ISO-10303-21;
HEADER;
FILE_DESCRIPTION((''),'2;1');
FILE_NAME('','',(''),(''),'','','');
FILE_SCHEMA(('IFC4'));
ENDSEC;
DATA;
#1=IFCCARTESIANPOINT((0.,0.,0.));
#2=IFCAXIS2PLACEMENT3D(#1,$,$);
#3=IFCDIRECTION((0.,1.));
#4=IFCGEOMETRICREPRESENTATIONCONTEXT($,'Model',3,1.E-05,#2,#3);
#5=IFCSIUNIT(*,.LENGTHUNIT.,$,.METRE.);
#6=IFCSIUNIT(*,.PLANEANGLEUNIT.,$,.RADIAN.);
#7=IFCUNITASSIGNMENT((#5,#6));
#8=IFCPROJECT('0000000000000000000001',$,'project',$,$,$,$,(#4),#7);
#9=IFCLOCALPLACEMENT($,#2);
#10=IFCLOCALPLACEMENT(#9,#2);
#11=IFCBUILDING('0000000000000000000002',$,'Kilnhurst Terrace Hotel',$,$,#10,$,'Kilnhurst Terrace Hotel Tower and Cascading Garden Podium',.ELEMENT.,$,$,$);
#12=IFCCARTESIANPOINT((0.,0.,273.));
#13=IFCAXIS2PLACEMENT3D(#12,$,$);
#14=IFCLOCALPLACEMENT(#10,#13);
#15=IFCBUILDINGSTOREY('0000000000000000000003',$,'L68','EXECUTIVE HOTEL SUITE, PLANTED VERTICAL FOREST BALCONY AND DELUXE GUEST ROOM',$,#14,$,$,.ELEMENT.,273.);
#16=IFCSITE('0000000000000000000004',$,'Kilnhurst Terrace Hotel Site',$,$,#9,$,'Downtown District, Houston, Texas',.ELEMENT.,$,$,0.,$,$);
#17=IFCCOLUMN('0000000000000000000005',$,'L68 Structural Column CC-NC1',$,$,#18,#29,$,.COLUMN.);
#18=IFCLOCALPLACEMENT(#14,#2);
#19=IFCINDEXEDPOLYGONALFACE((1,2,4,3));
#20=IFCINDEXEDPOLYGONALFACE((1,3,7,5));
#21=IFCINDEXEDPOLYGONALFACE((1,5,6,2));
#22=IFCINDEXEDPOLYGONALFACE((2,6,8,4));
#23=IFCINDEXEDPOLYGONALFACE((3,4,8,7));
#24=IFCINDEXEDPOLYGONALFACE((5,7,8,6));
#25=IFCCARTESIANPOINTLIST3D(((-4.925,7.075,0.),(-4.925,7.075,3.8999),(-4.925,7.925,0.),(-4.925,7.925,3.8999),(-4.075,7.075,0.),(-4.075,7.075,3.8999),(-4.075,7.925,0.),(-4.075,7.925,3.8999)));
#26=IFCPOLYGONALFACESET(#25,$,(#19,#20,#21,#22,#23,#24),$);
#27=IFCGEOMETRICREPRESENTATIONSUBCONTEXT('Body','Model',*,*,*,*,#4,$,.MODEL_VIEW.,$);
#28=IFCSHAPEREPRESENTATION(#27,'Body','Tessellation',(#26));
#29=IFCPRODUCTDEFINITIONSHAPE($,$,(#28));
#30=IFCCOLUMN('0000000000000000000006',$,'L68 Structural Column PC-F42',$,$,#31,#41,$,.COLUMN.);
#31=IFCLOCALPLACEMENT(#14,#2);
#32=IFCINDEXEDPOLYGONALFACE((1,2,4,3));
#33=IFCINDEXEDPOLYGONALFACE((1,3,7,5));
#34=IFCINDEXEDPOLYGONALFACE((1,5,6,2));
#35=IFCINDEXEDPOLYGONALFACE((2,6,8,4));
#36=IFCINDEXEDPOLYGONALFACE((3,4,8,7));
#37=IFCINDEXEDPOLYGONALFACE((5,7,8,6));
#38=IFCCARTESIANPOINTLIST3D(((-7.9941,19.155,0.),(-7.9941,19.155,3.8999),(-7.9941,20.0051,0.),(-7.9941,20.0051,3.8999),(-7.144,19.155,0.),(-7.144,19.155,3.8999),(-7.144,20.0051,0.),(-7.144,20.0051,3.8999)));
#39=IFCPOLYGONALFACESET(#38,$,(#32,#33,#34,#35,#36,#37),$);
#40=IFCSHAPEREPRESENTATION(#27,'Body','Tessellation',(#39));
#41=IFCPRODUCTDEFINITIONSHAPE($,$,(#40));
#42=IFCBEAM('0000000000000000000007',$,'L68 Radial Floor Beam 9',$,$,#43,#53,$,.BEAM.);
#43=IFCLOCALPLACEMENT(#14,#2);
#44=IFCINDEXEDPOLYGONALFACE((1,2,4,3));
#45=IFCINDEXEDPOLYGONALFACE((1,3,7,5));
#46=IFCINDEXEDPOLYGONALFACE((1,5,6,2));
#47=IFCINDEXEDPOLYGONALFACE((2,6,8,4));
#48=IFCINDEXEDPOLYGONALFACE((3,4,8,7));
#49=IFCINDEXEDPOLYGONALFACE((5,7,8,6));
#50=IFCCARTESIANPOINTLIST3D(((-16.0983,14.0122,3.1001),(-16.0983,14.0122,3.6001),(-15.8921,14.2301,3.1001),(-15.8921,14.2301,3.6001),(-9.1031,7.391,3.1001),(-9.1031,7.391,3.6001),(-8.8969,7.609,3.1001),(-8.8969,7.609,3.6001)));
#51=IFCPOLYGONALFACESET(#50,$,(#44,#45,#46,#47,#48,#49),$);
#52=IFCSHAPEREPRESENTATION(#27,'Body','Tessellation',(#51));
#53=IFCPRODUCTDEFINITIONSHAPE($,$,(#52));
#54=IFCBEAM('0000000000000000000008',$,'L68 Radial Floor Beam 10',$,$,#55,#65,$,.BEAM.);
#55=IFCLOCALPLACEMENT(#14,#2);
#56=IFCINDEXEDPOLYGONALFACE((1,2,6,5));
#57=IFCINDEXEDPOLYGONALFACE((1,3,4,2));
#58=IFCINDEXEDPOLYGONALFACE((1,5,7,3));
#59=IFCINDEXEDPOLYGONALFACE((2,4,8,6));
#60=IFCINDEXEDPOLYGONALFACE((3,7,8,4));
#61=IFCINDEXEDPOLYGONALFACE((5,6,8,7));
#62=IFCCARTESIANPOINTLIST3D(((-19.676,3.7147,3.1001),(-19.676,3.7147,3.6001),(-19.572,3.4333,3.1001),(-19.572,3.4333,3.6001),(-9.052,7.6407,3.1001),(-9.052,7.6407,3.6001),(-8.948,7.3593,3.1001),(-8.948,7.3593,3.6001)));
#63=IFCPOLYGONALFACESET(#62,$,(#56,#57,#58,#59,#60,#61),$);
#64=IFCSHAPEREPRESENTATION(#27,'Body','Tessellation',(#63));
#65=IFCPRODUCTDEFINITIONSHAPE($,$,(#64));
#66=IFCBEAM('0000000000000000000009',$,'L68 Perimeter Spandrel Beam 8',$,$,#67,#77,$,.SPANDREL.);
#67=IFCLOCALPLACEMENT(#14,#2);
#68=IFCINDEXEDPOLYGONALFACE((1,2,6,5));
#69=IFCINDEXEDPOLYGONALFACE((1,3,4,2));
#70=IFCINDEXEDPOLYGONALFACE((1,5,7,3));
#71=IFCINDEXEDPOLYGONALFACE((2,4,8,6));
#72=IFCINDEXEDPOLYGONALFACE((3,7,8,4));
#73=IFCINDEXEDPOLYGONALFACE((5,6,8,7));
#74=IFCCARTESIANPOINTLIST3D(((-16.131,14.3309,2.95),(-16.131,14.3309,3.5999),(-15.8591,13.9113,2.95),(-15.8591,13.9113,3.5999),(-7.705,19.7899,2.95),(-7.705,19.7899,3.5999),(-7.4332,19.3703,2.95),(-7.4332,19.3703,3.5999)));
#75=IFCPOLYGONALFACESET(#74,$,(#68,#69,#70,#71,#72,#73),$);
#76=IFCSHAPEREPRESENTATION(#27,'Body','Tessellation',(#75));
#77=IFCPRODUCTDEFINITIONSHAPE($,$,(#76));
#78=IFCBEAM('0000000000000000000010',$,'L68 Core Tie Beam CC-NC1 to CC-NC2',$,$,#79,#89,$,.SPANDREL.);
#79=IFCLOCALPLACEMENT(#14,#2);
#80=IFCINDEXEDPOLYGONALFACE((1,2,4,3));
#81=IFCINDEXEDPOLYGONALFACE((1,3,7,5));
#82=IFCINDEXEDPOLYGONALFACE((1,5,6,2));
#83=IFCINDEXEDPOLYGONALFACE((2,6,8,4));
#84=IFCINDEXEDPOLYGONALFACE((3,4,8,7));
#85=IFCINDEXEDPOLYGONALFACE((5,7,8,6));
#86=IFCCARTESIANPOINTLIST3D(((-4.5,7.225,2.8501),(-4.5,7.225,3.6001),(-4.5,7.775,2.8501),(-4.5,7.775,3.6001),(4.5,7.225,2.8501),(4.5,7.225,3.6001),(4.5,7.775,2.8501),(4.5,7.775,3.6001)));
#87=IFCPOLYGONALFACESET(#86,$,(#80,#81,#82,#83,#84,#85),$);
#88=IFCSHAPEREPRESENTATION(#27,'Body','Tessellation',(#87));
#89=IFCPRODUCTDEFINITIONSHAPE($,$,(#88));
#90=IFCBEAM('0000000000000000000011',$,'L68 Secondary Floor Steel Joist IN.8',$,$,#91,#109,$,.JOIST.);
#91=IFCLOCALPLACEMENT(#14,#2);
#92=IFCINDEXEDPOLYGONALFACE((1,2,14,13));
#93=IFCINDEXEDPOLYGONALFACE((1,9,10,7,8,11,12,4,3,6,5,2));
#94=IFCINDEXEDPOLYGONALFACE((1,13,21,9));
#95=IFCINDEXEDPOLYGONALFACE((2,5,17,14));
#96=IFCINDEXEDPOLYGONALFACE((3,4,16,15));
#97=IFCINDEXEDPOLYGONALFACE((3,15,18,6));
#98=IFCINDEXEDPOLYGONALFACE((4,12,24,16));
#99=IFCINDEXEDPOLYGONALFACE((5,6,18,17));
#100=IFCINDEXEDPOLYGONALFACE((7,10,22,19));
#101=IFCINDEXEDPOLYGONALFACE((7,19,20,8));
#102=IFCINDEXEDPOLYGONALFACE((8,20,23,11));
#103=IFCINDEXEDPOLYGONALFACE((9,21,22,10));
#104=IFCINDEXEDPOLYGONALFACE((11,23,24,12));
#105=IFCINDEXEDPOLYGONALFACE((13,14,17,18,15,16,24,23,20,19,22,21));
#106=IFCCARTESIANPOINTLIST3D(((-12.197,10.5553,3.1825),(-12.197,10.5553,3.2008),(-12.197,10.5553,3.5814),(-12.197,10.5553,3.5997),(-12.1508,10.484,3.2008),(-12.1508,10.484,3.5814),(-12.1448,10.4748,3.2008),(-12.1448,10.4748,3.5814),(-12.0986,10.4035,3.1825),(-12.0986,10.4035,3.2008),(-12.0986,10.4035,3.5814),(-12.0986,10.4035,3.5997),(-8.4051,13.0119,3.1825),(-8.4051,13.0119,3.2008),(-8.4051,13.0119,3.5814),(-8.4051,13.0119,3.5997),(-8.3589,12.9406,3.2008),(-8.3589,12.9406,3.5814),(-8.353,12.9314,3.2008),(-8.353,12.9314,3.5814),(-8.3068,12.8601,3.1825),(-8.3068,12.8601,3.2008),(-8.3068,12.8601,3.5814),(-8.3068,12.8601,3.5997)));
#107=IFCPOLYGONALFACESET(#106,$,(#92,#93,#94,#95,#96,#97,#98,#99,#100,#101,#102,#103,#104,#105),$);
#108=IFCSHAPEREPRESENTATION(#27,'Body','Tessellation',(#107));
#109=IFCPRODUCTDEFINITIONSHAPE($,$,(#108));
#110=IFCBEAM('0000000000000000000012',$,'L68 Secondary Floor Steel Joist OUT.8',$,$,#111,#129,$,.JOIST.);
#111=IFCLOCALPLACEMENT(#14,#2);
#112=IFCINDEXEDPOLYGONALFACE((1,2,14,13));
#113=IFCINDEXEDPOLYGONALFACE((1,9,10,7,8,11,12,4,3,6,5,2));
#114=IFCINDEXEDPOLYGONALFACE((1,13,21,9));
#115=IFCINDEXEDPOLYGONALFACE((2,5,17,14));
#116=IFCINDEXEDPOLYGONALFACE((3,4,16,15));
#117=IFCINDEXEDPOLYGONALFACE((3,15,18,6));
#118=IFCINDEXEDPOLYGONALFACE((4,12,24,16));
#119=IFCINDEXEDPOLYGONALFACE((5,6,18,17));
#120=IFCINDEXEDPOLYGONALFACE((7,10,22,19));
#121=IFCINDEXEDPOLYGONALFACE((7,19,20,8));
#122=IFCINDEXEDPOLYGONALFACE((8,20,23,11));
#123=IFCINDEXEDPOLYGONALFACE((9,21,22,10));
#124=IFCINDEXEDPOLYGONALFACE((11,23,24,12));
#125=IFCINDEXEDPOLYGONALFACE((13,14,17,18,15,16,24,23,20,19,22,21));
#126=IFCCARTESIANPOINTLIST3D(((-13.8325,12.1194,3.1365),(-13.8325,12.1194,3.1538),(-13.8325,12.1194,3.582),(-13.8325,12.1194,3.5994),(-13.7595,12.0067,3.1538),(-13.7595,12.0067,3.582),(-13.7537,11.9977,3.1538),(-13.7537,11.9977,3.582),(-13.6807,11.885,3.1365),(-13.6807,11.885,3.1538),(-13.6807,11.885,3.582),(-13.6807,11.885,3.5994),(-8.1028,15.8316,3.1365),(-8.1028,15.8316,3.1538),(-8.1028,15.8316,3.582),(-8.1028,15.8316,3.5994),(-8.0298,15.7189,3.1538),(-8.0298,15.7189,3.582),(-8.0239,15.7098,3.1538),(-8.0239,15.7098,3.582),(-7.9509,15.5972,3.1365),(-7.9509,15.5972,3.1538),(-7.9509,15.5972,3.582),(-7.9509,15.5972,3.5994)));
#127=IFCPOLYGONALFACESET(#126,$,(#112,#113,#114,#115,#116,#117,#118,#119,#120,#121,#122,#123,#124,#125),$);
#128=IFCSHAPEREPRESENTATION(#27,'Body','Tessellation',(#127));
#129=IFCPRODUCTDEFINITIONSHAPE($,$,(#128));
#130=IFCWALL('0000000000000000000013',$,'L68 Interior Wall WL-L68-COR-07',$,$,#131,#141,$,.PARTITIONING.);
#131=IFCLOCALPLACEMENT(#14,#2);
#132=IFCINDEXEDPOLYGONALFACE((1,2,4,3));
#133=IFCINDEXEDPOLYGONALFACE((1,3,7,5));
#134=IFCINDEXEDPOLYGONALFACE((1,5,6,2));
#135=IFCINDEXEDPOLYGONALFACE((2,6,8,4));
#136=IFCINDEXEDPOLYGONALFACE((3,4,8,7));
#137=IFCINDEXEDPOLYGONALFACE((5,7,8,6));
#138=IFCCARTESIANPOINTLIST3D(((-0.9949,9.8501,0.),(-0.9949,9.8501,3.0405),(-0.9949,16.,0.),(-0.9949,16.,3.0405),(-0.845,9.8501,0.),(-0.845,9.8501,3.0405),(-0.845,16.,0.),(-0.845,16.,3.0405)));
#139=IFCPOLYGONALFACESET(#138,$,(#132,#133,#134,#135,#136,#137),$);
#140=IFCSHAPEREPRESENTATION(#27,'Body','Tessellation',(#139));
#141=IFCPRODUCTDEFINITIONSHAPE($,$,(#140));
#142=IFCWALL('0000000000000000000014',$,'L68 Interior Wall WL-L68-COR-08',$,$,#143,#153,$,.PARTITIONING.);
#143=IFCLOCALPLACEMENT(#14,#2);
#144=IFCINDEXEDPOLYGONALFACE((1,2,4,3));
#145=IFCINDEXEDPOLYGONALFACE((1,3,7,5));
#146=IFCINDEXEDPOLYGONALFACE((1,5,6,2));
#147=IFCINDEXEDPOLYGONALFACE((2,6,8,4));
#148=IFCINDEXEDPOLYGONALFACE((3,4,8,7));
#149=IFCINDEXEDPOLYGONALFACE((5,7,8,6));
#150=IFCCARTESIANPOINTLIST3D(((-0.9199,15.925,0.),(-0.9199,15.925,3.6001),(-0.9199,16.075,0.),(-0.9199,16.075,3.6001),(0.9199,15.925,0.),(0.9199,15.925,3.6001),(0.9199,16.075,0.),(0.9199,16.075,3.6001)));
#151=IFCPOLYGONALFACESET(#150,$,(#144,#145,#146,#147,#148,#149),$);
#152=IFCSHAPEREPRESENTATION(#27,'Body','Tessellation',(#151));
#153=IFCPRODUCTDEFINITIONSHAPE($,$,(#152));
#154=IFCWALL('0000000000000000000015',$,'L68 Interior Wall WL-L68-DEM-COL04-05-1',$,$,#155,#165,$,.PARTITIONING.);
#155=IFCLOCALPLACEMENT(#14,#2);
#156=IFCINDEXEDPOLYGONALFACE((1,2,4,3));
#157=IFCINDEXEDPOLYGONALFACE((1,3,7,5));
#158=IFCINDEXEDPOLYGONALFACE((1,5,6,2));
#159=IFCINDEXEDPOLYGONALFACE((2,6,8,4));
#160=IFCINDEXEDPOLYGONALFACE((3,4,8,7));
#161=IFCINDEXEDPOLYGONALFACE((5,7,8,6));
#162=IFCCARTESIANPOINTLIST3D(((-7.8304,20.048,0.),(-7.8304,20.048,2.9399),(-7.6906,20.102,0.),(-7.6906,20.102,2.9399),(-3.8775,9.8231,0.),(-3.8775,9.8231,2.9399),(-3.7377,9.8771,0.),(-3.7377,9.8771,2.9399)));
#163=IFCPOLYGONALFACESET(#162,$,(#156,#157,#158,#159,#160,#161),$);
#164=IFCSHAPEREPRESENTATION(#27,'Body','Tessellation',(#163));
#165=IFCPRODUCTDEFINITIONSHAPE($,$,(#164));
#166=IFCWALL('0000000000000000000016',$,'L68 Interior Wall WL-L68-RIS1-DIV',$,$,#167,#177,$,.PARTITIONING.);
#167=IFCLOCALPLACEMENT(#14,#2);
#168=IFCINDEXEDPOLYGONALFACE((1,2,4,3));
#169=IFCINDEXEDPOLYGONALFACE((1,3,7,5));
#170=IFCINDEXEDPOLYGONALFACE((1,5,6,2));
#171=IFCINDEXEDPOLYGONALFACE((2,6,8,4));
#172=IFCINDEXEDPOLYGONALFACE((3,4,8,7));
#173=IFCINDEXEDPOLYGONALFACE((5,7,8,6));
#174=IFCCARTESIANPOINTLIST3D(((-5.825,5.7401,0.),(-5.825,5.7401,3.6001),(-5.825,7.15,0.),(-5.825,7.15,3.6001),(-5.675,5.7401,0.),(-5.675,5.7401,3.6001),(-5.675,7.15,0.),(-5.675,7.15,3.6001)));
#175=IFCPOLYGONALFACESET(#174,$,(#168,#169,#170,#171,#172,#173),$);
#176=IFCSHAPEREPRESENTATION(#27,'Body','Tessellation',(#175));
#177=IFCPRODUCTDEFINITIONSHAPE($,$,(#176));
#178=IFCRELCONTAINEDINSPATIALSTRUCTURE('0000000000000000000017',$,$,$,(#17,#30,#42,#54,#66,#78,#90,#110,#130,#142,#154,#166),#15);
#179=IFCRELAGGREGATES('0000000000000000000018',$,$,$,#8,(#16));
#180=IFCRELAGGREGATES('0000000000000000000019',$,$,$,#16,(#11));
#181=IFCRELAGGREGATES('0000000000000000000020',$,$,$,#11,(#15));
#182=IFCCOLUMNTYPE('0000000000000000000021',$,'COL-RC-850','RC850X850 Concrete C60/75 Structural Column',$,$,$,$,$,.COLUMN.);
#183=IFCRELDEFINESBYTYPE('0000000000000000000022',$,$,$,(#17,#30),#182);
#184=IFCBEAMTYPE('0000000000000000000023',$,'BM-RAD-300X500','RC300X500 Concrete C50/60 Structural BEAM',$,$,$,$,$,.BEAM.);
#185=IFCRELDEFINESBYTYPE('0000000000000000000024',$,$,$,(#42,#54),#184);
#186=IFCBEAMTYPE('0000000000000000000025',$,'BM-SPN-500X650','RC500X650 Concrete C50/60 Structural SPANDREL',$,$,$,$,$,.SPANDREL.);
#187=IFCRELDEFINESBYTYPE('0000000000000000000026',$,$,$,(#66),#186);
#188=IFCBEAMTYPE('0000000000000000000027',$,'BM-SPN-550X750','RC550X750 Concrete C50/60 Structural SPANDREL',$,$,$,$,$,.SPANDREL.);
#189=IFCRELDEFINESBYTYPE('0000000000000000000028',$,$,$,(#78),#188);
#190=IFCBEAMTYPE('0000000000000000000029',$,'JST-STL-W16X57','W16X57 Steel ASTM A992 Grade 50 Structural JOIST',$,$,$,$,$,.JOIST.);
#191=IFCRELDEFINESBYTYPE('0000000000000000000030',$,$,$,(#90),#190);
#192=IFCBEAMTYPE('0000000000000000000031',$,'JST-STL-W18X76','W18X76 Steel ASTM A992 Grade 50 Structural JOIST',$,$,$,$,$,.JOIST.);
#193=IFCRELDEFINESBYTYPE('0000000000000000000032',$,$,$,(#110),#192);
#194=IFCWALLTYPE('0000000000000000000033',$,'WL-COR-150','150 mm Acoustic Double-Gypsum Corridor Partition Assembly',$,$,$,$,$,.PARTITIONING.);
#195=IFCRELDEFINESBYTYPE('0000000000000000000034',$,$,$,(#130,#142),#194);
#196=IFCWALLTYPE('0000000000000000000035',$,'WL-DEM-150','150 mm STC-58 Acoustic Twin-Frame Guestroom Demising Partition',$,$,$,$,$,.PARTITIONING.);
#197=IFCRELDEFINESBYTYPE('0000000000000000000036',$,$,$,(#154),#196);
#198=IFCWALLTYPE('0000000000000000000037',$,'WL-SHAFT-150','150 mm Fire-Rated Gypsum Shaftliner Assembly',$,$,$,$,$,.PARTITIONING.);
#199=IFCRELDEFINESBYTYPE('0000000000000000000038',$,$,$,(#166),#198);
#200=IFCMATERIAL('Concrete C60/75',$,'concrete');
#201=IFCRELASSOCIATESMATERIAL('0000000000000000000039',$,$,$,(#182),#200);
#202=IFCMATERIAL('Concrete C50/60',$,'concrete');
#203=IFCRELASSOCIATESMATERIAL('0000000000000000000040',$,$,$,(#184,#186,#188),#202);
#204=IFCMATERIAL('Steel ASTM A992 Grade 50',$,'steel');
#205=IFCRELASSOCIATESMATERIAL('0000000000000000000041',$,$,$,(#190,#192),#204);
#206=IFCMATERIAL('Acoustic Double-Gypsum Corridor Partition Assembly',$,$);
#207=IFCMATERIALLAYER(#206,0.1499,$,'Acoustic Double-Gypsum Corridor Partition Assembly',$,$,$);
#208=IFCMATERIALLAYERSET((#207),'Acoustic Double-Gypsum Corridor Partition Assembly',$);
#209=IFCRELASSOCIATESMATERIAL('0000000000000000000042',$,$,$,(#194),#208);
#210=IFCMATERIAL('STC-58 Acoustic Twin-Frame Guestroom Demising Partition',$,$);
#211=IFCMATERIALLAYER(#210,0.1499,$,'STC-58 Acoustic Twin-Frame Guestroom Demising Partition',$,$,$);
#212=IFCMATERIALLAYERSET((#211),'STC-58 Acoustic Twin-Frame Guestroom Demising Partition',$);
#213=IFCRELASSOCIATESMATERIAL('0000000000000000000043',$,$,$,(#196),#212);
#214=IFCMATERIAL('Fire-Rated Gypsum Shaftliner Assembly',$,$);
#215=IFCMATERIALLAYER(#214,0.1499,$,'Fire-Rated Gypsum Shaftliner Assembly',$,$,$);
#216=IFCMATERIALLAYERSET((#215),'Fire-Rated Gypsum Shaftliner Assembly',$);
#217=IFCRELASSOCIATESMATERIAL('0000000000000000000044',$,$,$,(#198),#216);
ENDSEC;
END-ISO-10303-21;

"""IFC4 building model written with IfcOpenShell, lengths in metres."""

from ifc_helpers import new_model, si_unit, direction, frame, frame_2d, origin, origin_2d, place, context, subcontext, project, spatial, rectangle, i_section, extrude, material, layer, layer_set, material_profile, profile_set, type_object, element, save


model = new_model("IFC4")

# Units and contexts
model_context = context("Model", 3, precision=1e-05, world=origin(), true_north=direction((0.0, 1.0)))
body_context = subcontext(model_context, "Body", "Model", "MODEL_VIEW")
ifc_project = project(units=[si_unit("LENGTHUNIT", "METRE"), si_unit("PLANEANGLEUNIT", "RADIAN")], contexts=[model_context])

# Site, building, storey
site_placement = place(None, origin())
site = spatial("IfcSite", under=ifc_project, at=site_placement, Name="Kilnhurst Terrace Hotel Site", LongName="Downtown District, Houston, Texas", CompositionType="ELEMENT", RefElevation=0.0)
building_placement = place(site_placement, origin())
building = spatial("IfcBuilding", under=site, at=building_placement, Name="Kilnhurst Terrace Hotel", LongName="Kilnhurst Terrace Hotel Tower and Cascading Garden Podium", CompositionType="ELEMENT")
storey_placement = place(building_placement, frame((0.0, 0.0, 273.0)))
storey = spatial("IfcBuildingStorey", under=building, at=storey_placement, Name="L68", Description="EXECUTIVE HOTEL SUITE, PLANTED VERTICAL FOREST BALCONY AND DELUXE GUEST ROOM", CompositionType="ELEMENT", Elevation=273.0)

# Columns
ifc_material_1 = material(Name="Concrete C60/75", Category="concrete")
ifc_material_profile_1 = material_profile(ifc_material_1, rectangle(XDim=0.8501, YDim=0.8501, at=origin_2d()), Name="RC850X850")
ifc_profile_set_1 = profile_set([ifc_material_profile_1], Name="Concrete C60/75")
column_type = type_object("IfcColumnType", Name="COL-RC-850", Description="RC850X850 Concrete C60/75 Structural Column", PredefinedType="COLUMN", material=ifc_profile_set_1)
for number, where, z_axis, x_axis, name in (
    (1, (-4.5, 7.5, 0.0), (0.0, 0.0, 1.0), (1.0, 0.0, 0.0), "L68 Structural Column CC-NC1"),
    (2, (-7.5691, 19.5801, 0.0), (0.0, 0.0, 1.0), (1.0, 0.0, 0.0), "L68 Structural Column PC-F42"),
):
    element("IfcColumn", number, at=place(storey_placement, frame(where, z_axis=z_axis, x_axis=x_axis)), inside=storey, type_object=column_type, Name=name, PredefinedType="COLUMN", context=body_context, shape_type="SweptSolid", body=[
        extrude(rectangle(XDim=0.8501, YDim=0.8501, at=origin_2d()), origin(), (0.0, 0.0, 1.0), 3.8999),
    ])

# Beams
ifc_material_2 = material(Name="Concrete C50/60", Category="concrete")
ifc_material_profile_2 = material_profile(ifc_material_2, rectangle(XDim=0.3, YDim=0.5, at=origin_2d()), Name="RC300X500")
ifc_profile_set_2 = profile_set([ifc_material_profile_2], Name="Concrete C50/60")
beam_type_1 = type_object("IfcBeamType", Name="BM-RAD-300X500", Description="RC300X500 Concrete C50/60 Structural BEAM", PredefinedType="BEAM", material=ifc_profile_set_2)
beam_1_placement = place(storey_placement, frame((-9.0, 7.5, 3.3501), z_axis=(-0.726256, 0.687424, 0.0), x_axis=(-0.687424, -0.726256, 0.0)))
element("IfcBeam", 3, at=beam_1_placement, inside=storey, type_object=beam_type_1, Name="L68 Radial Floor Beam 9", PredefinedType="BEAM", context=body_context, shape_type="SweptSolid", body=[
    extrude(rectangle(XDim=0.3, YDim=0.5, at=origin_2d()), origin(), (0.0, 0.0, 1.0), 9.6318),
])
beam_2_placement = place(storey_placement, frame((-9.0, 7.5, 3.3501), z_axis=(-0.938002, -0.346631, 0.0), x_axis=(0.346631, -0.938002, 0.0)))
element("IfcBeam", 4, at=beam_2_placement, inside=storey, type_object=beam_type_1, Name="L68 Radial Floor Beam 10", PredefinedType="BEAM", context=body_context, shape_type="SweptSolid", body=[
    extrude(rectangle(XDim=0.3, YDim=0.5, at=origin_2d()), origin(), (0.0, 0.0, 1.0), 11.3262),
])
ifc_material_profile_3 = material_profile(ifc_material_2, rectangle(XDim=0.5, YDim=0.6499, at=origin_2d()), Name="RC500X650")
ifc_profile_set_3 = profile_set([ifc_material_profile_3], Name="Concrete C50/60")
beam_type_2 = type_object("IfcBeamType", Name="BM-SPN-500X650", Description="RC500X650 Concrete C50/60 Structural SPANDREL", PredefinedType="SPANDREL", material=ifc_profile_set_3)
beam_3_placement = place(storey_placement, frame((-7.5691, 19.5801, 3.2749), z_axis=(-0.839259, -0.543732, 0.0), x_axis=(0.543732, -0.839259, 0.0)))
element("IfcBeam", 5, at=beam_3_placement, inside=storey, type_object=beam_type_2, Name="L68 Perimeter Spandrel Beam 8", PredefinedType="SPANDREL", context=body_context, shape_type="SweptSolid", body=[
    extrude(rectangle(XDim=0.5, YDim=0.6499, at=origin_2d()), origin(), (0.0, 0.0, 1.0), 10.0398),
])
ifc_material_profile_4 = material_profile(ifc_material_2, rectangle(XDim=0.55, YDim=0.75, at=origin_2d()), Name="RC550X750")
ifc_profile_set_4 = profile_set([ifc_material_profile_4], Name="Concrete C50/60")
beam_type_3 = type_object("IfcBeamType", Name="BM-SPN-550X750", Description="RC550X750 Concrete C50/60 Structural SPANDREL", PredefinedType="SPANDREL", material=ifc_profile_set_4)
beam_4_placement = place(storey_placement, frame((-4.5, 7.5, 3.2251), z_axis=(1.0, 0.0, 0.0), x_axis=(0.0, 1.0, 0.0)))
element("IfcBeam", 6, at=beam_4_placement, inside=storey, type_object=beam_type_3, Name="L68 Core Tie Beam CC-NC1 to CC-NC2", PredefinedType="SPANDREL", context=body_context, shape_type="SweptSolid", body=[
    extrude(rectangle(XDim=0.55, YDim=0.75, at=origin_2d()), origin(), (0.0, 0.0, 1.0), 9.0),
])
ifc_material_3 = material(Name="Steel ASTM A992 Grade 50", Category="steel")
ifc_material_profile_5 = material_profile(ifc_material_3, i_section(OverallWidth=0.1809, OverallDepth=0.4172, WebThickness=0.011, FlangeThickness=0.0183, at=origin_2d()), Name="W16X57")
ifc_profile_set_5 = profile_set([ifc_material_profile_5], Name="Steel ASTM A992 Grade 50")
beam_type_4 = type_object("IfcBeamType", Name="JST-STL-W16X57", Description="W16X57 Steel ASTM A992 Grade 50 Structural JOIST", PredefinedType="JOIST", material=ifc_profile_set_5)
beam_5_placement = place(storey_placement, frame((-8.356, 12.936, 3.3911), z_axis=(-0.839261, -0.543728, 0.0), x_axis=(0.543728, -0.839261, 0.0)))
element("IfcBeam", 7, at=beam_5_placement, inside=storey, type_object=beam_type_4, Name="L68 Secondary Floor Steel Joist IN.8", PredefinedType="JOIST", context=body_context, shape_type="SweptSolid", body=[
    extrude(i_section(OverallWidth=0.1809, OverallDepth=0.4172, WebThickness=0.011, FlangeThickness=0.0183, at=origin_2d()), origin(), (0.0, 0.0, 1.0), 4.5181),
])
ifc_material_profile_6 = material_profile(ifc_material_3, i_section(OverallWidth=0.2793, OverallDepth=0.4629, WebThickness=0.0107, FlangeThickness=0.0173, at=origin_2d()), Name="W18X76")
ifc_profile_set_6 = profile_set([ifc_material_profile_6], Name="Steel ASTM A992 Grade 50")
beam_type_5 = type_object("IfcBeamType", Name="JST-STL-W18X76", Description="W18X76 Steel ASTM A992 Grade 50 Structural JOIST", PredefinedType="JOIST", material=ifc_profile_set_6)
beam_6_placement = place(storey_placement, frame((-8.0269, 15.7144, 3.3679), z_axis=(-0.839257, -0.543735, 0.0), x_axis=(0.543735, -0.839257, 0.0)))
element("IfcBeam", 8, at=beam_6_placement, inside=storey, type_object=beam_type_5, Name="L68 Secondary Floor Steel Joist OUT.8", PredefinedType="JOIST", context=body_context, shape_type="SweptSolid", body=[
    extrude(i_section(OverallWidth=0.2793, OverallDepth=0.4629, WebThickness=0.0107, FlangeThickness=0.0173, at=origin_2d()), origin(), (0.0, 0.0, 1.0), 6.8271),
])

# Walls
ifc_material_4 = material(Name="Acoustic Double-Gypsum Corridor Partition Assembly")
ifc_layer_1 = layer(ifc_material_4, 0.1499, Name="Acoustic Double-Gypsum Corridor Partition Assembly")
ifc_layer_set_1 = layer_set([ifc_layer_1], Name="Acoustic Double-Gypsum Corridor Partition Assembly")
wall_type_1 = type_object("IfcWallType", Name="WL-COR-150", Description="150 mm Acoustic Double-Gypsum Corridor Partition Assembly", PredefinedType="PARTITIONING", material=ifc_layer_set_1)
wall_1_placement = place(storey_placement, frame((-0.9199, 9.8501, 0.0), z_axis=(0.0, 0.0, 1.0), x_axis=(0.0, 1.0, 0.0)))
element("IfcWall", 9, at=wall_1_placement, inside=storey, type_object=wall_type_1, Name="L68 Interior Wall WL-L68-COR-07", PredefinedType="PARTITIONING", context=body_context, shape_type="SweptSolid", body=[
    extrude(rectangle(XDim=6.1499, YDim=0.1499, at=frame_2d((3.075, 0.0))), origin(), (0.0, 0.0, 1.0), 3.0405),
])
wall_2_placement = place(storey_placement, frame((-0.9199, 16.0, 0.0), z_axis=(0.0, 0.0, 1.0), x_axis=(1.0, 0.0, 0.0)))
element("IfcWall", 10, at=wall_2_placement, inside=storey, type_object=wall_type_1, Name="L68 Interior Wall WL-L68-COR-08", PredefinedType="PARTITIONING", context=body_context, shape_type="SweptSolid", body=[
    extrude(rectangle(XDim=1.8398, YDim=0.1499, at=frame_2d((0.9199, 0.0))), origin(), (0.0, 0.0, 1.0), 3.6001),
])
ifc_material_5 = material(Name="STC-58 Acoustic Twin-Frame Guestroom Demising Partition")
ifc_layer_2 = layer(ifc_material_5, 0.1499, Name="STC-58 Acoustic Twin-Frame Guestroom Demising Partition")
ifc_layer_set_2 = layer_set([ifc_layer_2], Name="STC-58 Acoustic Twin-Frame Guestroom Demising Partition")
wall_type_2 = type_object("IfcWallType", Name="WL-DEM-150", Description="150 mm STC-58 Acoustic Twin-Frame Guestroom Demising Partition", PredefinedType="PARTITIONING", material=ifc_layer_set_2)
wall_3_placement = place(storey_placement, frame((-3.8076, 9.8501, 0.0), z_axis=(0.0, 0.0, 1.0), x_axis=(-0.360587, 0.932725, 0.0)))
element("IfcWall", 11, at=wall_3_placement, inside=storey, type_object=wall_type_2, Name="L68 Interior Wall WL-L68-DEM-COL04-05-1", PredefinedType="PARTITIONING", context=body_context, shape_type="SweptSolid", body=[
    extrude(rectangle(XDim=10.9624, YDim=0.1499, at=frame_2d((5.4812, 0.0))), origin(), (0.0, 0.0, 1.0), 2.9399),
])
ifc_material_6 = material(Name="Fire-Rated Gypsum Shaftliner Assembly")
ifc_layer_3 = layer(ifc_material_6, 0.1499, Name="Fire-Rated Gypsum Shaftliner Assembly")
ifc_layer_set_3 = layer_set([ifc_layer_3], Name="Fire-Rated Gypsum Shaftliner Assembly")
wall_type_3 = type_object("IfcWallType", Name="WL-SHAFT-150", Description="150 mm Fire-Rated Gypsum Shaftliner Assembly", PredefinedType="PARTITIONING", material=ifc_layer_set_3)
wall_4_placement = place(storey_placement, frame((-5.75, 5.74, 0.0), z_axis=(0.0, 0.0, 1.0), x_axis=(0.0, 1.0, 0.0)))
element("IfcWall", 12, at=wall_4_placement, inside=storey, type_object=wall_type_3, Name="L68 Interior Wall WL-L68-RIS1-DIV", PredefinedType="PARTITIONING", context=body_context, shape_type="SweptSolid", body=[
    extrude(rectangle(XDim=1.4099, YDim=0.1499, at=frame_2d((0.7051, 0.0))), origin(), (0.0, 0.0, 1.0), 3.6001),
])

save(model, "model.ifc")
